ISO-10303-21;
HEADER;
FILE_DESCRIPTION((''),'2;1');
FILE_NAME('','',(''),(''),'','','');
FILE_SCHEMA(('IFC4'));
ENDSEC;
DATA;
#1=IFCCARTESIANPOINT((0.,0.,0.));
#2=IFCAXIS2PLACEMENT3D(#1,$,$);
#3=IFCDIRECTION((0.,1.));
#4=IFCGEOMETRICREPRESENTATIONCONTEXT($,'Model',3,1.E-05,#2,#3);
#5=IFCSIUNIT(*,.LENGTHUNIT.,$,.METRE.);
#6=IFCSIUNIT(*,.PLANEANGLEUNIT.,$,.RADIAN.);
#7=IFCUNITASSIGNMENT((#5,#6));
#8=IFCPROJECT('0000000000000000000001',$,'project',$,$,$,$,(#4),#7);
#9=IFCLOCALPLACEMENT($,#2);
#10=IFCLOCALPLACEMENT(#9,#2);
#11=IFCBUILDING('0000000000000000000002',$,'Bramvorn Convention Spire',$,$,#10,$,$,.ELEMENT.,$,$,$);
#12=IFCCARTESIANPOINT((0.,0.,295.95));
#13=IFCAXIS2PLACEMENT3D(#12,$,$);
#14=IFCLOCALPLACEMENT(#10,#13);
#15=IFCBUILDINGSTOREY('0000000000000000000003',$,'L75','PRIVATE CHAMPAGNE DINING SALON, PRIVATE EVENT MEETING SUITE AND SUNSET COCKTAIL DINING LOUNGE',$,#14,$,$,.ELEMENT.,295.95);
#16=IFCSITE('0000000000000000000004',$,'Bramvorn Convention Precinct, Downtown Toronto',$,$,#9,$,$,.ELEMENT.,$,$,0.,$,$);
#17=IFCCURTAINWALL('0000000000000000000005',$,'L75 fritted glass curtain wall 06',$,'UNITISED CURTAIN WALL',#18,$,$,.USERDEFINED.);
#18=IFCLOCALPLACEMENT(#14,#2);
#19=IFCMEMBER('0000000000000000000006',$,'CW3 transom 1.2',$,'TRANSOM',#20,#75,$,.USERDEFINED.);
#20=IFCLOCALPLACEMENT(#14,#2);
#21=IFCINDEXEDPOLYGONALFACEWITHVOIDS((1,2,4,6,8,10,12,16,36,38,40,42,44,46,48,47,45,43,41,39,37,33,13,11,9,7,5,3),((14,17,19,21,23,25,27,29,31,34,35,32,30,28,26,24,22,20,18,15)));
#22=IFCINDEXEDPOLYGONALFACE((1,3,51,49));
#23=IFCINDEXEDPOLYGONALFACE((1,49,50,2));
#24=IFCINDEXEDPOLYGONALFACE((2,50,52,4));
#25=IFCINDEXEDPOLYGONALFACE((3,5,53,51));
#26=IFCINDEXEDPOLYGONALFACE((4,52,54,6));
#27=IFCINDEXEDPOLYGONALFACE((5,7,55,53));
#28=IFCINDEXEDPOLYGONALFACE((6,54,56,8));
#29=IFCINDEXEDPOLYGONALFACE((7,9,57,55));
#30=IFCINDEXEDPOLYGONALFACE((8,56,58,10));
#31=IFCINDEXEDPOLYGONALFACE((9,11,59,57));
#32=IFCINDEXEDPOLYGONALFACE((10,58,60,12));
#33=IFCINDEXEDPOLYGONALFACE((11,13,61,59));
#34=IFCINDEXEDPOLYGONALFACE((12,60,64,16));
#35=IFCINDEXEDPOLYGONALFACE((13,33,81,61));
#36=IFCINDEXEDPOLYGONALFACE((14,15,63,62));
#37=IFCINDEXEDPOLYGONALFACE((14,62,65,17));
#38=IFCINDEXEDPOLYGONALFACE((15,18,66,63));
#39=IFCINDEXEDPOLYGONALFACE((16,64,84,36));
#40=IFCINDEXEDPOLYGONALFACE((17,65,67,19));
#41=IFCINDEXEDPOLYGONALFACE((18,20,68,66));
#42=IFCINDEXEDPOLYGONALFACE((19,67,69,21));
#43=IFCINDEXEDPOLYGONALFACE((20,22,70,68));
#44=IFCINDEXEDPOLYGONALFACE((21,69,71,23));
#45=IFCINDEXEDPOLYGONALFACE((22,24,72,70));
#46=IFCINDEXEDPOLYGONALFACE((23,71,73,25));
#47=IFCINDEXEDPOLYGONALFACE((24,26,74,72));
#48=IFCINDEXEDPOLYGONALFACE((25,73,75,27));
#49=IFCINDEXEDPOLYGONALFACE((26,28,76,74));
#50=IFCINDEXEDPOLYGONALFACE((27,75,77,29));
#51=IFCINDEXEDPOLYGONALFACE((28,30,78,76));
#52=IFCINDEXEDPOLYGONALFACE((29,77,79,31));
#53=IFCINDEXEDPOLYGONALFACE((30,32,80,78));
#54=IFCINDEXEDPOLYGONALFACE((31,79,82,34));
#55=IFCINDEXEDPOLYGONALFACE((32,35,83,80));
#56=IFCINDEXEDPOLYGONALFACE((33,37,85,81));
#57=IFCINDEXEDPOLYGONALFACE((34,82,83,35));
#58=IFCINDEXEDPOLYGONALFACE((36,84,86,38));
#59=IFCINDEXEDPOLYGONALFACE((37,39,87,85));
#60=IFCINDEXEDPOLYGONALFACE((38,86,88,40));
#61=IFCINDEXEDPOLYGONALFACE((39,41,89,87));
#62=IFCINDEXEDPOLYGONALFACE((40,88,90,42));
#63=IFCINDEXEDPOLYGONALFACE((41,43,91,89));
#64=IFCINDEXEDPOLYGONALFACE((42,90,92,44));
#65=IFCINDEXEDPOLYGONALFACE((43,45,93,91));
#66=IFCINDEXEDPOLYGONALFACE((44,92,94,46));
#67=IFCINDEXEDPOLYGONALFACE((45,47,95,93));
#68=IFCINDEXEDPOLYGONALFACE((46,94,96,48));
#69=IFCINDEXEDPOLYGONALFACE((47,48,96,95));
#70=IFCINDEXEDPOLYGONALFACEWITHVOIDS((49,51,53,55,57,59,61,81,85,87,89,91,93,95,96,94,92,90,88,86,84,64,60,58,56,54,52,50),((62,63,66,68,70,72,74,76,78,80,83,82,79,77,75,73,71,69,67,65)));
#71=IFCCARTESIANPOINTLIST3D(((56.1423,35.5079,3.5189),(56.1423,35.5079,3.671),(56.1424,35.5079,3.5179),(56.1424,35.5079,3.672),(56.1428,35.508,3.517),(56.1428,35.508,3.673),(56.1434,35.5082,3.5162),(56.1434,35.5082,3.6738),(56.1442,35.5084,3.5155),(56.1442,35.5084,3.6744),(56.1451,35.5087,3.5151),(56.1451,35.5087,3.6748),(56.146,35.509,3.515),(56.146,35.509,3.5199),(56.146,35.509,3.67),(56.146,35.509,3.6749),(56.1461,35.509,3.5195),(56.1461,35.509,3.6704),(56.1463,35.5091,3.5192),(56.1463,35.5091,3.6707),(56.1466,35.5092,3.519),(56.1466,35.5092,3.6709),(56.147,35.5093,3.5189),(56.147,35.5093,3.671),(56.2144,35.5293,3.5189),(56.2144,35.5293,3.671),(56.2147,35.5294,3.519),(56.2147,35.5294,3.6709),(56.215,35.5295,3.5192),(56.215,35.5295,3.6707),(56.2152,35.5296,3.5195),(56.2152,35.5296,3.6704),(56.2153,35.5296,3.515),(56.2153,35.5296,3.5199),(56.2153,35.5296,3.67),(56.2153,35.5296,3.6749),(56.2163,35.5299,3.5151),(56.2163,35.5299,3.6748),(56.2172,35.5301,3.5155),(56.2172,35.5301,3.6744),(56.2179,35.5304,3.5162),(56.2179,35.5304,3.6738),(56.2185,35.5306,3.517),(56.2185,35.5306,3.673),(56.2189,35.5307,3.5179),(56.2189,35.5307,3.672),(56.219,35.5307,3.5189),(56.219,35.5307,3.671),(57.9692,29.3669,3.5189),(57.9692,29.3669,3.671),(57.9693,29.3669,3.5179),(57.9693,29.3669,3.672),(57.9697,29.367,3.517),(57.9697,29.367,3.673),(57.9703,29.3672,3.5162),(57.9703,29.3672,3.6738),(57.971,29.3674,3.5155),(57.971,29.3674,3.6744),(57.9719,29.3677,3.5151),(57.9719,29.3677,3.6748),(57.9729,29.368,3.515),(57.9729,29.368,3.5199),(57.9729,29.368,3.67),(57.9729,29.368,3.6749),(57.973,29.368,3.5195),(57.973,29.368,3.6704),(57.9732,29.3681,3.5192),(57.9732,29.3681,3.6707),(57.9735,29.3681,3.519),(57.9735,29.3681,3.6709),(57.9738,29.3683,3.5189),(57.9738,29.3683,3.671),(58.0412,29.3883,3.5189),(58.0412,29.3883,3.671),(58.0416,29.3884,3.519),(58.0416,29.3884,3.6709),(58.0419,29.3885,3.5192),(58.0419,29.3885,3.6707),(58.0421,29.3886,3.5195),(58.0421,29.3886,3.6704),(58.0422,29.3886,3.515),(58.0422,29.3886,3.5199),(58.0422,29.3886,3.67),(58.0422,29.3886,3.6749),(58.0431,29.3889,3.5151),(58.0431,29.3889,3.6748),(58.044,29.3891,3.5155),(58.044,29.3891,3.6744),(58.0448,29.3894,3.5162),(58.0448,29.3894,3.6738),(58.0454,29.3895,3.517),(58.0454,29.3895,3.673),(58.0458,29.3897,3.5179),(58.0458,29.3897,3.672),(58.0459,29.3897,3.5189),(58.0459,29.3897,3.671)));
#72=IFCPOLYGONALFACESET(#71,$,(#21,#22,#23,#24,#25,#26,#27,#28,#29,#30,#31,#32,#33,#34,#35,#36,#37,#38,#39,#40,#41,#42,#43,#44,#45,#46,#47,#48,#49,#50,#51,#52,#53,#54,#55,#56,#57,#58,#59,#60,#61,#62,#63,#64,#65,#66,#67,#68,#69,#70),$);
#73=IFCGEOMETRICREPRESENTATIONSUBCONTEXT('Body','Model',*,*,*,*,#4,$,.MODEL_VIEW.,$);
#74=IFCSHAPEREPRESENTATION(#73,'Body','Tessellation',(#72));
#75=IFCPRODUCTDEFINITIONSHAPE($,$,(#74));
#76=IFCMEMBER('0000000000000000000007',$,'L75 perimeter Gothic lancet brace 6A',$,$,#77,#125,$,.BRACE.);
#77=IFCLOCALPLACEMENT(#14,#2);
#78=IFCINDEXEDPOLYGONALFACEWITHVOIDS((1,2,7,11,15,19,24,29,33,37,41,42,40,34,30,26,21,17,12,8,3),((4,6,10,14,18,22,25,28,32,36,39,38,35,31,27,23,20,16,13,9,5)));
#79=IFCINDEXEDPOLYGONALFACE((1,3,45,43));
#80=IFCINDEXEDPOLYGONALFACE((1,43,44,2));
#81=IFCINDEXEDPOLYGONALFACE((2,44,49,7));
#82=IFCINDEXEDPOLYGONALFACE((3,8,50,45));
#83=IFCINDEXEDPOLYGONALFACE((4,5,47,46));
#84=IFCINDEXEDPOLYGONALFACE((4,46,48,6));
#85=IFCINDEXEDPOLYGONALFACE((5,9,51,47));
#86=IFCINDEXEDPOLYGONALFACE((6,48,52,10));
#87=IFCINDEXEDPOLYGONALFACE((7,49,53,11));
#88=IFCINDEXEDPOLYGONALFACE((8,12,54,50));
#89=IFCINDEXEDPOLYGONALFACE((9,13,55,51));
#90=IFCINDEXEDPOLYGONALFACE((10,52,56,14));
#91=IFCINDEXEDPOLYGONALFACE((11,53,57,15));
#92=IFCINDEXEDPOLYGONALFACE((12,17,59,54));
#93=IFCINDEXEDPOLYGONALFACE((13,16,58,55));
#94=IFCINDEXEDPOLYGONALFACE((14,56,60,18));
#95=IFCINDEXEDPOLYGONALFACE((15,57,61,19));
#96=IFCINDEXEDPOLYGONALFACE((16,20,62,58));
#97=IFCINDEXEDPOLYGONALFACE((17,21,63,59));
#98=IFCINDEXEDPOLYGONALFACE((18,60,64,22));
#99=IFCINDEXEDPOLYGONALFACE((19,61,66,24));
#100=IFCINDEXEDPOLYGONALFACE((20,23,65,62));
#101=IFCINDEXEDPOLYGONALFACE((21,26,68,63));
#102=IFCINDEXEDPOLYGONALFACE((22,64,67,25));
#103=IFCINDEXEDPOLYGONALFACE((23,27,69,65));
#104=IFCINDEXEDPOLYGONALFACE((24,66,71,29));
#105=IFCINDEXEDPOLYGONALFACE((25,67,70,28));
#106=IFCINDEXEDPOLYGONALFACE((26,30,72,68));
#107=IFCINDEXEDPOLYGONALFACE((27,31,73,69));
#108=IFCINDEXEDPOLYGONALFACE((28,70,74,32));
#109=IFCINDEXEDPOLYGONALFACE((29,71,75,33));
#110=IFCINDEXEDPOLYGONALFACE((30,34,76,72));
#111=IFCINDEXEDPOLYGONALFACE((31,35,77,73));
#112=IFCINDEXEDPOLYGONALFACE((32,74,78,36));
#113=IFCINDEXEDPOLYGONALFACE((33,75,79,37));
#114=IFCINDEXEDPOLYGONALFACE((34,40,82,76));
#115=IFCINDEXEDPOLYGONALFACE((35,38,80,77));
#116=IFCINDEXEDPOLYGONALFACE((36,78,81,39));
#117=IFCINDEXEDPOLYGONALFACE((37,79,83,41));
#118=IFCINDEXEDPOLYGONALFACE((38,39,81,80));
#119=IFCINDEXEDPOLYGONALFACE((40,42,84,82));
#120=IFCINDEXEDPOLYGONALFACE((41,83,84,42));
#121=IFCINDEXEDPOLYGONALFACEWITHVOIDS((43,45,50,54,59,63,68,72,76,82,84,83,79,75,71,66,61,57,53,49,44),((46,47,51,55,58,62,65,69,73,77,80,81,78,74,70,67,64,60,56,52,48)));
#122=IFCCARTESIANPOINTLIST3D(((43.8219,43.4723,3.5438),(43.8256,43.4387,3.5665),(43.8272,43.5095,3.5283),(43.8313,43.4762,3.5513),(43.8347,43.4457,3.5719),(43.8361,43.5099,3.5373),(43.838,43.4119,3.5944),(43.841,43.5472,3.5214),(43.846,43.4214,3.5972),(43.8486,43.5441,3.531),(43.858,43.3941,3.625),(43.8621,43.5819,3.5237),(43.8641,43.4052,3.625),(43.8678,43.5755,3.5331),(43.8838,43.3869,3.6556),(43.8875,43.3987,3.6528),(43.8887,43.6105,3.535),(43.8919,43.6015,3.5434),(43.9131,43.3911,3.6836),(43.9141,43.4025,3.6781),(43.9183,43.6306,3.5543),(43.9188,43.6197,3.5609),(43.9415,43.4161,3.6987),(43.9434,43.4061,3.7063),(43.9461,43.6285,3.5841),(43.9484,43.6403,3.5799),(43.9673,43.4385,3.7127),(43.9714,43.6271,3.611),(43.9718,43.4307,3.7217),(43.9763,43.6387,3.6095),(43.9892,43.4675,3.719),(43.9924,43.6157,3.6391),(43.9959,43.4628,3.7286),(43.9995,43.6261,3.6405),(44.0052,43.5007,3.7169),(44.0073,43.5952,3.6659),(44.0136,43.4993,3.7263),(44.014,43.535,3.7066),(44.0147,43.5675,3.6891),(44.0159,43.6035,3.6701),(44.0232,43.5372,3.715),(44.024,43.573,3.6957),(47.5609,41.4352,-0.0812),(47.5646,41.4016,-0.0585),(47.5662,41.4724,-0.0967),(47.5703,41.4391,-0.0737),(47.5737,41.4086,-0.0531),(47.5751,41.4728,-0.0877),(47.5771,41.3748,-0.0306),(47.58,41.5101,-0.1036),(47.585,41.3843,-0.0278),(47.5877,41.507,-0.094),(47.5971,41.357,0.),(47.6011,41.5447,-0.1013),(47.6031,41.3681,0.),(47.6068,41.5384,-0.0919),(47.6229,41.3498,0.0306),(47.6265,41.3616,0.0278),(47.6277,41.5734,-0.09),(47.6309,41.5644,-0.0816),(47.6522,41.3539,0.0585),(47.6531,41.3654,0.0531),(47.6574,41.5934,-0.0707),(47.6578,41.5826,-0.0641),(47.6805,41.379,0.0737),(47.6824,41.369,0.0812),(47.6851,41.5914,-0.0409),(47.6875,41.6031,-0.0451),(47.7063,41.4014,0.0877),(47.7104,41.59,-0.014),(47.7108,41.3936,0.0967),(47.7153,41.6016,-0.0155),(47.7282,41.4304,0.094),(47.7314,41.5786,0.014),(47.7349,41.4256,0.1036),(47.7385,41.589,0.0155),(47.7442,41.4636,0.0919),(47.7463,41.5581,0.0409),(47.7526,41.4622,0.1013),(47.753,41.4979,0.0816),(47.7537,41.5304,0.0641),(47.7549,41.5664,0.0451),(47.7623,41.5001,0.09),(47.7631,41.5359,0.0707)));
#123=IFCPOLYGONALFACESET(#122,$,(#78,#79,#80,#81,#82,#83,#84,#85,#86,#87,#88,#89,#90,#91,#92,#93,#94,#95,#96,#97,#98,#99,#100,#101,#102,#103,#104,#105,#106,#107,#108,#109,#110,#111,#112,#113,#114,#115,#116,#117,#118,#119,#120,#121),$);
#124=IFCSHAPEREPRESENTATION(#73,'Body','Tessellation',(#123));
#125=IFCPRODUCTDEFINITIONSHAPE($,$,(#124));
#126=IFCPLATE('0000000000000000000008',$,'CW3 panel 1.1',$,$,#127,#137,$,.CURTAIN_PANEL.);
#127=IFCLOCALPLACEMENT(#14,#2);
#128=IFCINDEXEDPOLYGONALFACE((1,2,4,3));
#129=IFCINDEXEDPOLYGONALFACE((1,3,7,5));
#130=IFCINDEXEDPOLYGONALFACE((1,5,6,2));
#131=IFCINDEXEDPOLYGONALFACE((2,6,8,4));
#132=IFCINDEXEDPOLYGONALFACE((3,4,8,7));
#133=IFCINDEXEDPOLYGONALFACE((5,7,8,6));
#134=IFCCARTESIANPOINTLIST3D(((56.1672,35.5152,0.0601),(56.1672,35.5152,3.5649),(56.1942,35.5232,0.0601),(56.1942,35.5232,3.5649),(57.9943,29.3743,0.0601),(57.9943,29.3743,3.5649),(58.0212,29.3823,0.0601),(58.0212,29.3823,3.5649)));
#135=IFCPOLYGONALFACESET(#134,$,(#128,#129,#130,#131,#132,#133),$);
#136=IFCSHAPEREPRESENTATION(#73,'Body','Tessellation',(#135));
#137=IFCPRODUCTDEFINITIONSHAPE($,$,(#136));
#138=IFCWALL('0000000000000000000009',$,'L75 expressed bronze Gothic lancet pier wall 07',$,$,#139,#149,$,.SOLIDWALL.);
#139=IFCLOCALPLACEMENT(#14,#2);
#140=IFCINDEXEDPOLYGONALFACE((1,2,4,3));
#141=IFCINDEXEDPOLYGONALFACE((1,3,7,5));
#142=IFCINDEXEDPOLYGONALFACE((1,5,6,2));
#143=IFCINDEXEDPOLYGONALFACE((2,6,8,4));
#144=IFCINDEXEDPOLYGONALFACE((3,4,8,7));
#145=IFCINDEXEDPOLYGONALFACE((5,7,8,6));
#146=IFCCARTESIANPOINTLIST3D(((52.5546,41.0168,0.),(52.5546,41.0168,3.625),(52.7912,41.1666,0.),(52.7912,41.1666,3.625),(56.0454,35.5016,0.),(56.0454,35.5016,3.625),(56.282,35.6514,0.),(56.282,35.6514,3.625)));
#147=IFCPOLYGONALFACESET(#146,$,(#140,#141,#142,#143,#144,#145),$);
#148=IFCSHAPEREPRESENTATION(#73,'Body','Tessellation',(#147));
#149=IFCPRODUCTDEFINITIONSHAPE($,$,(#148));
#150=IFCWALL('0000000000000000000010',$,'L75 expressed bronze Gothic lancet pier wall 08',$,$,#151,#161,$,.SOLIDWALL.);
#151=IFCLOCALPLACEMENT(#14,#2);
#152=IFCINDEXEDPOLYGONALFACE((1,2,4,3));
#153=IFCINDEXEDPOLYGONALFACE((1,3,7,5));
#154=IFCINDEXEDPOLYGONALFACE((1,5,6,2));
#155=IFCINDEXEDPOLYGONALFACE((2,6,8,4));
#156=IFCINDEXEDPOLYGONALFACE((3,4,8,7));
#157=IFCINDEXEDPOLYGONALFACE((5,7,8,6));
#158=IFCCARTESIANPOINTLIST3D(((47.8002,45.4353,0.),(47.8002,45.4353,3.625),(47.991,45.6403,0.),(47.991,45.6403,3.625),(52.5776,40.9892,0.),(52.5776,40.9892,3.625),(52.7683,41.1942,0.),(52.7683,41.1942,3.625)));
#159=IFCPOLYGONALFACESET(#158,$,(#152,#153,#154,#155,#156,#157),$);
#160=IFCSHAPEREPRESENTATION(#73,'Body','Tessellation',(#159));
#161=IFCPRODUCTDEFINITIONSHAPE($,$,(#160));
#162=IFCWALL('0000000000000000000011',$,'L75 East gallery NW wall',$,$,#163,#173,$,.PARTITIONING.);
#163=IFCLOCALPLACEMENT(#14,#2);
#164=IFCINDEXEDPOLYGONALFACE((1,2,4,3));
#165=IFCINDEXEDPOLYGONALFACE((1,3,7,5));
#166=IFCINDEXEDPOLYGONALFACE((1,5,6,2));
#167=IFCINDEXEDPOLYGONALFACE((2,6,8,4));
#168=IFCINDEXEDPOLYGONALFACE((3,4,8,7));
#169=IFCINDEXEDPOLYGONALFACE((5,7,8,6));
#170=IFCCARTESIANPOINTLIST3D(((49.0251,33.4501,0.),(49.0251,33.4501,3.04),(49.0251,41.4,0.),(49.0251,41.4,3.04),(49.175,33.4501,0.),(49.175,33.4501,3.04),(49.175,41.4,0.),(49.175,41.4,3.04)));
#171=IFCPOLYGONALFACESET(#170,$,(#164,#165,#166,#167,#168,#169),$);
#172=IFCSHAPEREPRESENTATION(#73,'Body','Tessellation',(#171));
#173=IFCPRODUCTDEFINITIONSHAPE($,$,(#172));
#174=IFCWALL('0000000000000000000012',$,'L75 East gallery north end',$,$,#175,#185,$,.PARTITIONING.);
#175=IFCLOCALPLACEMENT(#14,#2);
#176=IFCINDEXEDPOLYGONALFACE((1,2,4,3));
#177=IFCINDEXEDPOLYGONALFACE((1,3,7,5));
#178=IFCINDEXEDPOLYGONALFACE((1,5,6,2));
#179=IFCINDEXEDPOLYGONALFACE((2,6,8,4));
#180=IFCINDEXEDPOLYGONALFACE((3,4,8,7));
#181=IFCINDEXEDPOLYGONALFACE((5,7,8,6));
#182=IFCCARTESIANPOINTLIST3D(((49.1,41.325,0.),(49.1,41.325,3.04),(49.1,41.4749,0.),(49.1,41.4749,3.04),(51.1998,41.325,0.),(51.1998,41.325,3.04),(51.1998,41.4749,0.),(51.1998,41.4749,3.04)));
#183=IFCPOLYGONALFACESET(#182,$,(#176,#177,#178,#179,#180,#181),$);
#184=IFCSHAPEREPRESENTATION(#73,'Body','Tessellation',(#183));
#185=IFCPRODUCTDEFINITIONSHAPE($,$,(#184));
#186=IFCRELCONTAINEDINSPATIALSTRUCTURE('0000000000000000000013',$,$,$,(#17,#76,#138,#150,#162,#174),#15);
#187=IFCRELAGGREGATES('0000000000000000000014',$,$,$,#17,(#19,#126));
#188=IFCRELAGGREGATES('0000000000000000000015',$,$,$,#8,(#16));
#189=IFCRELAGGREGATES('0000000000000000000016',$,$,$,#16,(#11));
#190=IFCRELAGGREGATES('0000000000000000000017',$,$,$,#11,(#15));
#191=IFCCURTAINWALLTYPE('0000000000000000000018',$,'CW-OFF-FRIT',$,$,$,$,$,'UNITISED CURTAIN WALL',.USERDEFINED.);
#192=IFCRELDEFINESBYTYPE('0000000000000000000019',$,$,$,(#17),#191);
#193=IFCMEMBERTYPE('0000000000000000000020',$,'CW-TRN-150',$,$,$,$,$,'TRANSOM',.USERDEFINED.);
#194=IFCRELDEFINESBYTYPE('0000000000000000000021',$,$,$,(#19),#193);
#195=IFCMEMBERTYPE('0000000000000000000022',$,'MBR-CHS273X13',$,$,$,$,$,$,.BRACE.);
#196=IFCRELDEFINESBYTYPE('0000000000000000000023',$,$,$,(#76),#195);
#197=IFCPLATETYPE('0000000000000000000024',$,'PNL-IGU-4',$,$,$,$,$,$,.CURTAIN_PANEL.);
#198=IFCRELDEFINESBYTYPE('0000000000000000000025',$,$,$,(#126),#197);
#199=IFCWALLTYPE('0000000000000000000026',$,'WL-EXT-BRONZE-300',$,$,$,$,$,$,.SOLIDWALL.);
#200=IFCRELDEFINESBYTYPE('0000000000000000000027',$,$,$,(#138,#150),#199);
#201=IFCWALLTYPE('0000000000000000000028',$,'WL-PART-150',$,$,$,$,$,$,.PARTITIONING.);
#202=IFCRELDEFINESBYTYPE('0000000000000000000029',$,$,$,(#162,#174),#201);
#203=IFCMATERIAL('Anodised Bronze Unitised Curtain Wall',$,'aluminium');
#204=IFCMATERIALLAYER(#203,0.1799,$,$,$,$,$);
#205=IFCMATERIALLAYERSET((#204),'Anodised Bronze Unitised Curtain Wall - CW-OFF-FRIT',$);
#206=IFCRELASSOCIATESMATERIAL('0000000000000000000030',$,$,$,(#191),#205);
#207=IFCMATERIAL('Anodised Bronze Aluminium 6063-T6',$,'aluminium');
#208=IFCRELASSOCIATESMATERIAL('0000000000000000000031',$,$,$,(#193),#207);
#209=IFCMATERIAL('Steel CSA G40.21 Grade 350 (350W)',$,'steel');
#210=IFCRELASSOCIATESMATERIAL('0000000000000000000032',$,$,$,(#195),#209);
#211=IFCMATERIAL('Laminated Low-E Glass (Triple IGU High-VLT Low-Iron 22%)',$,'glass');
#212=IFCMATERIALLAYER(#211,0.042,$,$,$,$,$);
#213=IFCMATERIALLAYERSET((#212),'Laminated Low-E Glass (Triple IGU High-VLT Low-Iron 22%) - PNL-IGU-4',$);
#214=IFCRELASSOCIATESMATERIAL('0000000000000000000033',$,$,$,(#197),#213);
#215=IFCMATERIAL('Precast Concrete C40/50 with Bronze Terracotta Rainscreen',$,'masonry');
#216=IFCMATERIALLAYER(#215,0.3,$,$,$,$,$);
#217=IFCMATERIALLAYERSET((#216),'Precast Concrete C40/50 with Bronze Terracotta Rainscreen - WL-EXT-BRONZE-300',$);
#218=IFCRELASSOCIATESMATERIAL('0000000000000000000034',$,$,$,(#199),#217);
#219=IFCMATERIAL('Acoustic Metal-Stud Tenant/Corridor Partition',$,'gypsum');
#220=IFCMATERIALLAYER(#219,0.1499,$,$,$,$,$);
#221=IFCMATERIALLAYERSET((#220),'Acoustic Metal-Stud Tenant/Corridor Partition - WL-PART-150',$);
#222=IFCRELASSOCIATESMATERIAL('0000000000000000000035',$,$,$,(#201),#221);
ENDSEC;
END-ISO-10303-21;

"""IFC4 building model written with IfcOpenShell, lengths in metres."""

from ifc_helpers import new_model, si_unit, direction, frame, frame_2d, origin, origin_2d, place, context, subcontext, project, spatial, rectangle, hollow_rectangle, hollow_circle, extrude, material, layer, layer_set, material_profile, profile_set, type_object, element, aggregate, save


model = new_model("IFC4")

# Units and contexts
model_context = context("Model", 3, precision=1e-05, world=origin(), true_north=direction((0.0, 1.0)))
body_context = subcontext(model_context, "Body", "Model", "MODEL_VIEW")
ifc_project = project(units=[si_unit("LENGTHUNIT", "METRE"), si_unit("PLANEANGLEUNIT", "RADIAN")], contexts=[model_context])

# Site, building, storey
site_placement = place(None, origin())
site = spatial("IfcSite", under=ifc_project, at=site_placement, Name="Bramvorn Convention Precinct, Downtown Toronto", CompositionType="ELEMENT", RefElevation=0.0)
building_placement = place(site_placement, origin())
building = spatial("IfcBuilding", under=site, at=building_placement, Name="Bramvorn Convention Spire", CompositionType="ELEMENT")
storey_placement = place(building_placement, frame((0.0, 0.0, 295.95)))
storey = spatial("IfcBuildingStorey", under=building, at=storey_placement, Name="L75", Description="PRIVATE CHAMPAGNE DINING SALON, PRIVATE EVENT MEETING SUITE AND SUNSET COCKTAIL DINING LOUNGE", CompositionType="ELEMENT", Elevation=295.95)

# Shared definitions
ifc_material_1 = material(Name="Steel CSA G40.21 Grade 350 (350W)", Category="steel")

# Shared definitions
ifc_material_2 = material(Name="Anodised Bronze Unitised Curtain Wall", Category="aluminium")
ifc_layer_1 = layer(ifc_material_2, 0.1799)
ifc_layer_set_1 = layer_set([ifc_layer_1], Name="Anodised Bronze Unitised Curtain Wall - CW-OFF-FRIT")
curtain_wall_type = type_object("IfcCurtainWallType", Name="CW-OFF-FRIT", ElementType="UNITISED CURTAIN WALL", PredefinedType="USERDEFINED", material=ifc_layer_set_1)
ifc_material_3 = material(Name="Anodised Bronze Aluminium 6063-T6", Category="aluminium")

# Curtain wall
curtain_wall_1_placement = place(storey_placement, origin())
curtain_wall_1 = element("IfcCurtainWall", 1, at=curtain_wall_1_placement, inside=storey, type_object=curtain_wall_type, Name="L75 fritted glass curtain wall 06", ObjectType="UNITISED CURTAIN WALL", PredefinedType="USERDEFINED")

# Members
ifc_material_profile_1 = material_profile(ifc_material_3, hollow_rectangle(XDim=0.0801, YDim=0.1599, WallThickness=0.0039, InnerFilletRadius=0.001, OuterFilletRadius=0.0039, at=origin_2d()))
ifc_profile_set_1 = profile_set([ifc_material_profile_1], Name="Anodised Bronze Aluminium 6063-T6 - CWT80X160")
member_type_1 = type_object("IfcMemberType", Name="CW-TRN-150", ElementType="TRANSOM", PredefinedType="USERDEFINED", material=ifc_profile_set_1)
member_1_placement = place(storey_placement, frame((56.1807, 35.5193, 3.595), z_axis=(0.285138, -0.958487, 0.0), x_axis=(0.958487, 0.285138, 0.0)))
member_1 = element("IfcMember", 2, at=member_1_placement, type_object=member_type_1, Name="CW3 transom 1.2", ObjectType="TRANSOM", PredefinedType="USERDEFINED", context=body_context, shape_type="SweptSolid", body=[
    extrude(hollow_rectangle(XDim=0.0801, YDim=0.1599, WallThickness=0.0039, InnerFilletRadius=0.001, OuterFilletRadius=0.0039, at=origin_2d()), origin(), (0.0, 0.0, 1.0), 6.407),
])
ifc_material_profile_2 = material_profile(ifc_material_1, hollow_circle(Radius=0.1365, WallThickness=0.0127, at=origin_2d()))
ifc_profile_set_2 = profile_set([ifc_material_profile_2], Name="Steel CSA G40.21 Grade 350 (350W) - CHS273X13")
member_type_2 = type_object("IfcMemberType", Name="MBR-CHS273X13", PredefinedType="BRACE", material=ifc_profile_set_2)
member_2_placement = place(storey_placement, frame((47.6624, 41.4768, 0.0), z_axis=(-0.668634, 0.364289, 0.648245), x_axis=(-0.478426, -0.878128, 0.0)))
element("IfcMember", 3, at=member_2_placement, inside=storey, type_object=member_type_2, Name="L75 perimeter Gothic lancet brace 6A", PredefinedType="BRACE", context=body_context, shape_type="SweptSolid", body=[
    extrude(hollow_circle(Radius=0.1365, WallThickness=0.0127, at=origin_2d()), origin(), (0.0, 0.0, 1.0), 5.592),
])

# Plate
ifc_material_4 = material(Name="Laminated Low-E Glass (Triple IGU High-VLT Low-Iron 22%)", Category="glass")
ifc_layer_2 = layer(ifc_material_4, 0.042)
ifc_layer_set_2 = layer_set([ifc_layer_2], Name="Laminated Low-E Glass (Triple IGU High-VLT Low-Iron 22%) - PNL-IGU-4")
plate_type = type_object("IfcPlateType", Name="PNL-IGU-4", PredefinedType="CURTAIN_PANEL", material=ifc_layer_set_2)
plate_placement = place(storey_placement, frame((57.0942, 32.4487, 0.0601), z_axis=(0.0, 0.0, 1.0), x_axis=(0.285168, -0.958477, 0.0)))
plate = element("IfcPlate", 4, at=plate_placement, type_object=plate_type, Name="CW3 panel 1.1", PredefinedType="CURTAIN_PANEL", context=body_context, shape_type="SweptSolid", body=[
    extrude(rectangle(XDim=6.407, YDim=0.0281, at=origin_2d()), origin(), (0.0, 0.0, 1.0), 3.5049),
])
aggregate(curtain_wall_1, [member_1, plate])

# Walls
ifc_material_5 = material(Name="Precast Concrete C40/50 with Bronze Terracotta Rainscreen", Category="masonry")
ifc_layer_3 = layer(ifc_material_5, 0.3)
ifc_layer_set_3 = layer_set([ifc_layer_3], Name="Precast Concrete C40/50 with Bronze Terracotta Rainscreen - WL-EXT-BRONZE-300")
wall_type_1 = type_object("IfcWallType", Name="WL-EXT-BRONZE-300", PredefinedType="SOLIDWALL", material=ifc_layer_set_3)
wall_1_placement = place(storey_placement, frame((52.6729, 41.0918, 0.0), z_axis=(0.0, 0.0, 1.0), x_axis=(0.534812, -0.844971, 0.0)))
element("IfcWall", 5, at=wall_1_placement, inside=storey, type_object=wall_type_1, Name="L75 expressed bronze Gothic lancet pier wall 07", PredefinedType="SOLIDWALL", context=body_context, shape_type="SweptSolid", body=[
    extrude(rectangle(XDim=6.5271, YDim=0.28, at=frame_2d((3.2637, 0.0))), origin(), (0.0, 0.0, 1.0), 3.625),
])
wall_2_placement = place(storey_placement, frame((47.8955, 45.5378, 0.0), z_axis=(0.0, 0.0, 1.0), x_axis=(0.732034, -0.681269, 0.0)))
element("IfcWall", 6, at=wall_2_placement, inside=storey, type_object=wall_type_1, Name="L75 expressed bronze Gothic lancet pier wall 08", PredefinedType="SOLIDWALL", context=body_context, shape_type="SweptSolid", body=[
    extrude(rectangle(XDim=6.5261, YDim=0.28, at=frame_2d((3.2632, 0.0))), origin(), (0.0, 0.0, 1.0), 3.625),
])
ifc_material_6 = material(Name="Acoustic Metal-Stud Tenant/Corridor Partition", Category="gypsum")
ifc_layer_4 = layer(ifc_material_6, 0.1499)
ifc_layer_set_4 = layer_set([ifc_layer_4], Name="Acoustic Metal-Stud Tenant/Corridor Partition - WL-PART-150")
wall_type_2 = type_object("IfcWallType", Name="WL-PART-150", PredefinedType="PARTITIONING", material=ifc_layer_set_4)
wall_3_placement = place(storey_placement, frame((49.1001, 33.45, 0.0), z_axis=(0.0, 0.0, 1.0), x_axis=(0.0, 1.0, 0.0)))
element("IfcWall", 7, at=wall_3_placement, inside=storey, type_object=wall_type_2, Name="L75 East gallery NW wall", PredefinedType="PARTITIONING", context=body_context, shape_type="SweptSolid", body=[
    extrude(rectangle(XDim=7.95, YDim=0.1499, at=frame_2d((3.9751, 0.0))), origin(), (0.0, 0.0, 1.0), 3.04),
])
wall_4_placement = place(storey_placement, frame((49.1001, 41.3999, 0.0), z_axis=(0.0, 0.0, 1.0), x_axis=(1.0, 0.0, 0.0)))
element("IfcWall", 8, at=wall_4_placement, inside=storey, type_object=wall_type_2, Name="L75 East gallery north end", PredefinedType="PARTITIONING", context=body_context, shape_type="SweptSolid", body=[
    extrude(rectangle(XDim=2.0999, YDim=0.1499, at=frame_2d((1.0498, 0.0))), origin(), (0.0, 0.0, 1.0), 3.04),
])

save(model, "model.ifc")
